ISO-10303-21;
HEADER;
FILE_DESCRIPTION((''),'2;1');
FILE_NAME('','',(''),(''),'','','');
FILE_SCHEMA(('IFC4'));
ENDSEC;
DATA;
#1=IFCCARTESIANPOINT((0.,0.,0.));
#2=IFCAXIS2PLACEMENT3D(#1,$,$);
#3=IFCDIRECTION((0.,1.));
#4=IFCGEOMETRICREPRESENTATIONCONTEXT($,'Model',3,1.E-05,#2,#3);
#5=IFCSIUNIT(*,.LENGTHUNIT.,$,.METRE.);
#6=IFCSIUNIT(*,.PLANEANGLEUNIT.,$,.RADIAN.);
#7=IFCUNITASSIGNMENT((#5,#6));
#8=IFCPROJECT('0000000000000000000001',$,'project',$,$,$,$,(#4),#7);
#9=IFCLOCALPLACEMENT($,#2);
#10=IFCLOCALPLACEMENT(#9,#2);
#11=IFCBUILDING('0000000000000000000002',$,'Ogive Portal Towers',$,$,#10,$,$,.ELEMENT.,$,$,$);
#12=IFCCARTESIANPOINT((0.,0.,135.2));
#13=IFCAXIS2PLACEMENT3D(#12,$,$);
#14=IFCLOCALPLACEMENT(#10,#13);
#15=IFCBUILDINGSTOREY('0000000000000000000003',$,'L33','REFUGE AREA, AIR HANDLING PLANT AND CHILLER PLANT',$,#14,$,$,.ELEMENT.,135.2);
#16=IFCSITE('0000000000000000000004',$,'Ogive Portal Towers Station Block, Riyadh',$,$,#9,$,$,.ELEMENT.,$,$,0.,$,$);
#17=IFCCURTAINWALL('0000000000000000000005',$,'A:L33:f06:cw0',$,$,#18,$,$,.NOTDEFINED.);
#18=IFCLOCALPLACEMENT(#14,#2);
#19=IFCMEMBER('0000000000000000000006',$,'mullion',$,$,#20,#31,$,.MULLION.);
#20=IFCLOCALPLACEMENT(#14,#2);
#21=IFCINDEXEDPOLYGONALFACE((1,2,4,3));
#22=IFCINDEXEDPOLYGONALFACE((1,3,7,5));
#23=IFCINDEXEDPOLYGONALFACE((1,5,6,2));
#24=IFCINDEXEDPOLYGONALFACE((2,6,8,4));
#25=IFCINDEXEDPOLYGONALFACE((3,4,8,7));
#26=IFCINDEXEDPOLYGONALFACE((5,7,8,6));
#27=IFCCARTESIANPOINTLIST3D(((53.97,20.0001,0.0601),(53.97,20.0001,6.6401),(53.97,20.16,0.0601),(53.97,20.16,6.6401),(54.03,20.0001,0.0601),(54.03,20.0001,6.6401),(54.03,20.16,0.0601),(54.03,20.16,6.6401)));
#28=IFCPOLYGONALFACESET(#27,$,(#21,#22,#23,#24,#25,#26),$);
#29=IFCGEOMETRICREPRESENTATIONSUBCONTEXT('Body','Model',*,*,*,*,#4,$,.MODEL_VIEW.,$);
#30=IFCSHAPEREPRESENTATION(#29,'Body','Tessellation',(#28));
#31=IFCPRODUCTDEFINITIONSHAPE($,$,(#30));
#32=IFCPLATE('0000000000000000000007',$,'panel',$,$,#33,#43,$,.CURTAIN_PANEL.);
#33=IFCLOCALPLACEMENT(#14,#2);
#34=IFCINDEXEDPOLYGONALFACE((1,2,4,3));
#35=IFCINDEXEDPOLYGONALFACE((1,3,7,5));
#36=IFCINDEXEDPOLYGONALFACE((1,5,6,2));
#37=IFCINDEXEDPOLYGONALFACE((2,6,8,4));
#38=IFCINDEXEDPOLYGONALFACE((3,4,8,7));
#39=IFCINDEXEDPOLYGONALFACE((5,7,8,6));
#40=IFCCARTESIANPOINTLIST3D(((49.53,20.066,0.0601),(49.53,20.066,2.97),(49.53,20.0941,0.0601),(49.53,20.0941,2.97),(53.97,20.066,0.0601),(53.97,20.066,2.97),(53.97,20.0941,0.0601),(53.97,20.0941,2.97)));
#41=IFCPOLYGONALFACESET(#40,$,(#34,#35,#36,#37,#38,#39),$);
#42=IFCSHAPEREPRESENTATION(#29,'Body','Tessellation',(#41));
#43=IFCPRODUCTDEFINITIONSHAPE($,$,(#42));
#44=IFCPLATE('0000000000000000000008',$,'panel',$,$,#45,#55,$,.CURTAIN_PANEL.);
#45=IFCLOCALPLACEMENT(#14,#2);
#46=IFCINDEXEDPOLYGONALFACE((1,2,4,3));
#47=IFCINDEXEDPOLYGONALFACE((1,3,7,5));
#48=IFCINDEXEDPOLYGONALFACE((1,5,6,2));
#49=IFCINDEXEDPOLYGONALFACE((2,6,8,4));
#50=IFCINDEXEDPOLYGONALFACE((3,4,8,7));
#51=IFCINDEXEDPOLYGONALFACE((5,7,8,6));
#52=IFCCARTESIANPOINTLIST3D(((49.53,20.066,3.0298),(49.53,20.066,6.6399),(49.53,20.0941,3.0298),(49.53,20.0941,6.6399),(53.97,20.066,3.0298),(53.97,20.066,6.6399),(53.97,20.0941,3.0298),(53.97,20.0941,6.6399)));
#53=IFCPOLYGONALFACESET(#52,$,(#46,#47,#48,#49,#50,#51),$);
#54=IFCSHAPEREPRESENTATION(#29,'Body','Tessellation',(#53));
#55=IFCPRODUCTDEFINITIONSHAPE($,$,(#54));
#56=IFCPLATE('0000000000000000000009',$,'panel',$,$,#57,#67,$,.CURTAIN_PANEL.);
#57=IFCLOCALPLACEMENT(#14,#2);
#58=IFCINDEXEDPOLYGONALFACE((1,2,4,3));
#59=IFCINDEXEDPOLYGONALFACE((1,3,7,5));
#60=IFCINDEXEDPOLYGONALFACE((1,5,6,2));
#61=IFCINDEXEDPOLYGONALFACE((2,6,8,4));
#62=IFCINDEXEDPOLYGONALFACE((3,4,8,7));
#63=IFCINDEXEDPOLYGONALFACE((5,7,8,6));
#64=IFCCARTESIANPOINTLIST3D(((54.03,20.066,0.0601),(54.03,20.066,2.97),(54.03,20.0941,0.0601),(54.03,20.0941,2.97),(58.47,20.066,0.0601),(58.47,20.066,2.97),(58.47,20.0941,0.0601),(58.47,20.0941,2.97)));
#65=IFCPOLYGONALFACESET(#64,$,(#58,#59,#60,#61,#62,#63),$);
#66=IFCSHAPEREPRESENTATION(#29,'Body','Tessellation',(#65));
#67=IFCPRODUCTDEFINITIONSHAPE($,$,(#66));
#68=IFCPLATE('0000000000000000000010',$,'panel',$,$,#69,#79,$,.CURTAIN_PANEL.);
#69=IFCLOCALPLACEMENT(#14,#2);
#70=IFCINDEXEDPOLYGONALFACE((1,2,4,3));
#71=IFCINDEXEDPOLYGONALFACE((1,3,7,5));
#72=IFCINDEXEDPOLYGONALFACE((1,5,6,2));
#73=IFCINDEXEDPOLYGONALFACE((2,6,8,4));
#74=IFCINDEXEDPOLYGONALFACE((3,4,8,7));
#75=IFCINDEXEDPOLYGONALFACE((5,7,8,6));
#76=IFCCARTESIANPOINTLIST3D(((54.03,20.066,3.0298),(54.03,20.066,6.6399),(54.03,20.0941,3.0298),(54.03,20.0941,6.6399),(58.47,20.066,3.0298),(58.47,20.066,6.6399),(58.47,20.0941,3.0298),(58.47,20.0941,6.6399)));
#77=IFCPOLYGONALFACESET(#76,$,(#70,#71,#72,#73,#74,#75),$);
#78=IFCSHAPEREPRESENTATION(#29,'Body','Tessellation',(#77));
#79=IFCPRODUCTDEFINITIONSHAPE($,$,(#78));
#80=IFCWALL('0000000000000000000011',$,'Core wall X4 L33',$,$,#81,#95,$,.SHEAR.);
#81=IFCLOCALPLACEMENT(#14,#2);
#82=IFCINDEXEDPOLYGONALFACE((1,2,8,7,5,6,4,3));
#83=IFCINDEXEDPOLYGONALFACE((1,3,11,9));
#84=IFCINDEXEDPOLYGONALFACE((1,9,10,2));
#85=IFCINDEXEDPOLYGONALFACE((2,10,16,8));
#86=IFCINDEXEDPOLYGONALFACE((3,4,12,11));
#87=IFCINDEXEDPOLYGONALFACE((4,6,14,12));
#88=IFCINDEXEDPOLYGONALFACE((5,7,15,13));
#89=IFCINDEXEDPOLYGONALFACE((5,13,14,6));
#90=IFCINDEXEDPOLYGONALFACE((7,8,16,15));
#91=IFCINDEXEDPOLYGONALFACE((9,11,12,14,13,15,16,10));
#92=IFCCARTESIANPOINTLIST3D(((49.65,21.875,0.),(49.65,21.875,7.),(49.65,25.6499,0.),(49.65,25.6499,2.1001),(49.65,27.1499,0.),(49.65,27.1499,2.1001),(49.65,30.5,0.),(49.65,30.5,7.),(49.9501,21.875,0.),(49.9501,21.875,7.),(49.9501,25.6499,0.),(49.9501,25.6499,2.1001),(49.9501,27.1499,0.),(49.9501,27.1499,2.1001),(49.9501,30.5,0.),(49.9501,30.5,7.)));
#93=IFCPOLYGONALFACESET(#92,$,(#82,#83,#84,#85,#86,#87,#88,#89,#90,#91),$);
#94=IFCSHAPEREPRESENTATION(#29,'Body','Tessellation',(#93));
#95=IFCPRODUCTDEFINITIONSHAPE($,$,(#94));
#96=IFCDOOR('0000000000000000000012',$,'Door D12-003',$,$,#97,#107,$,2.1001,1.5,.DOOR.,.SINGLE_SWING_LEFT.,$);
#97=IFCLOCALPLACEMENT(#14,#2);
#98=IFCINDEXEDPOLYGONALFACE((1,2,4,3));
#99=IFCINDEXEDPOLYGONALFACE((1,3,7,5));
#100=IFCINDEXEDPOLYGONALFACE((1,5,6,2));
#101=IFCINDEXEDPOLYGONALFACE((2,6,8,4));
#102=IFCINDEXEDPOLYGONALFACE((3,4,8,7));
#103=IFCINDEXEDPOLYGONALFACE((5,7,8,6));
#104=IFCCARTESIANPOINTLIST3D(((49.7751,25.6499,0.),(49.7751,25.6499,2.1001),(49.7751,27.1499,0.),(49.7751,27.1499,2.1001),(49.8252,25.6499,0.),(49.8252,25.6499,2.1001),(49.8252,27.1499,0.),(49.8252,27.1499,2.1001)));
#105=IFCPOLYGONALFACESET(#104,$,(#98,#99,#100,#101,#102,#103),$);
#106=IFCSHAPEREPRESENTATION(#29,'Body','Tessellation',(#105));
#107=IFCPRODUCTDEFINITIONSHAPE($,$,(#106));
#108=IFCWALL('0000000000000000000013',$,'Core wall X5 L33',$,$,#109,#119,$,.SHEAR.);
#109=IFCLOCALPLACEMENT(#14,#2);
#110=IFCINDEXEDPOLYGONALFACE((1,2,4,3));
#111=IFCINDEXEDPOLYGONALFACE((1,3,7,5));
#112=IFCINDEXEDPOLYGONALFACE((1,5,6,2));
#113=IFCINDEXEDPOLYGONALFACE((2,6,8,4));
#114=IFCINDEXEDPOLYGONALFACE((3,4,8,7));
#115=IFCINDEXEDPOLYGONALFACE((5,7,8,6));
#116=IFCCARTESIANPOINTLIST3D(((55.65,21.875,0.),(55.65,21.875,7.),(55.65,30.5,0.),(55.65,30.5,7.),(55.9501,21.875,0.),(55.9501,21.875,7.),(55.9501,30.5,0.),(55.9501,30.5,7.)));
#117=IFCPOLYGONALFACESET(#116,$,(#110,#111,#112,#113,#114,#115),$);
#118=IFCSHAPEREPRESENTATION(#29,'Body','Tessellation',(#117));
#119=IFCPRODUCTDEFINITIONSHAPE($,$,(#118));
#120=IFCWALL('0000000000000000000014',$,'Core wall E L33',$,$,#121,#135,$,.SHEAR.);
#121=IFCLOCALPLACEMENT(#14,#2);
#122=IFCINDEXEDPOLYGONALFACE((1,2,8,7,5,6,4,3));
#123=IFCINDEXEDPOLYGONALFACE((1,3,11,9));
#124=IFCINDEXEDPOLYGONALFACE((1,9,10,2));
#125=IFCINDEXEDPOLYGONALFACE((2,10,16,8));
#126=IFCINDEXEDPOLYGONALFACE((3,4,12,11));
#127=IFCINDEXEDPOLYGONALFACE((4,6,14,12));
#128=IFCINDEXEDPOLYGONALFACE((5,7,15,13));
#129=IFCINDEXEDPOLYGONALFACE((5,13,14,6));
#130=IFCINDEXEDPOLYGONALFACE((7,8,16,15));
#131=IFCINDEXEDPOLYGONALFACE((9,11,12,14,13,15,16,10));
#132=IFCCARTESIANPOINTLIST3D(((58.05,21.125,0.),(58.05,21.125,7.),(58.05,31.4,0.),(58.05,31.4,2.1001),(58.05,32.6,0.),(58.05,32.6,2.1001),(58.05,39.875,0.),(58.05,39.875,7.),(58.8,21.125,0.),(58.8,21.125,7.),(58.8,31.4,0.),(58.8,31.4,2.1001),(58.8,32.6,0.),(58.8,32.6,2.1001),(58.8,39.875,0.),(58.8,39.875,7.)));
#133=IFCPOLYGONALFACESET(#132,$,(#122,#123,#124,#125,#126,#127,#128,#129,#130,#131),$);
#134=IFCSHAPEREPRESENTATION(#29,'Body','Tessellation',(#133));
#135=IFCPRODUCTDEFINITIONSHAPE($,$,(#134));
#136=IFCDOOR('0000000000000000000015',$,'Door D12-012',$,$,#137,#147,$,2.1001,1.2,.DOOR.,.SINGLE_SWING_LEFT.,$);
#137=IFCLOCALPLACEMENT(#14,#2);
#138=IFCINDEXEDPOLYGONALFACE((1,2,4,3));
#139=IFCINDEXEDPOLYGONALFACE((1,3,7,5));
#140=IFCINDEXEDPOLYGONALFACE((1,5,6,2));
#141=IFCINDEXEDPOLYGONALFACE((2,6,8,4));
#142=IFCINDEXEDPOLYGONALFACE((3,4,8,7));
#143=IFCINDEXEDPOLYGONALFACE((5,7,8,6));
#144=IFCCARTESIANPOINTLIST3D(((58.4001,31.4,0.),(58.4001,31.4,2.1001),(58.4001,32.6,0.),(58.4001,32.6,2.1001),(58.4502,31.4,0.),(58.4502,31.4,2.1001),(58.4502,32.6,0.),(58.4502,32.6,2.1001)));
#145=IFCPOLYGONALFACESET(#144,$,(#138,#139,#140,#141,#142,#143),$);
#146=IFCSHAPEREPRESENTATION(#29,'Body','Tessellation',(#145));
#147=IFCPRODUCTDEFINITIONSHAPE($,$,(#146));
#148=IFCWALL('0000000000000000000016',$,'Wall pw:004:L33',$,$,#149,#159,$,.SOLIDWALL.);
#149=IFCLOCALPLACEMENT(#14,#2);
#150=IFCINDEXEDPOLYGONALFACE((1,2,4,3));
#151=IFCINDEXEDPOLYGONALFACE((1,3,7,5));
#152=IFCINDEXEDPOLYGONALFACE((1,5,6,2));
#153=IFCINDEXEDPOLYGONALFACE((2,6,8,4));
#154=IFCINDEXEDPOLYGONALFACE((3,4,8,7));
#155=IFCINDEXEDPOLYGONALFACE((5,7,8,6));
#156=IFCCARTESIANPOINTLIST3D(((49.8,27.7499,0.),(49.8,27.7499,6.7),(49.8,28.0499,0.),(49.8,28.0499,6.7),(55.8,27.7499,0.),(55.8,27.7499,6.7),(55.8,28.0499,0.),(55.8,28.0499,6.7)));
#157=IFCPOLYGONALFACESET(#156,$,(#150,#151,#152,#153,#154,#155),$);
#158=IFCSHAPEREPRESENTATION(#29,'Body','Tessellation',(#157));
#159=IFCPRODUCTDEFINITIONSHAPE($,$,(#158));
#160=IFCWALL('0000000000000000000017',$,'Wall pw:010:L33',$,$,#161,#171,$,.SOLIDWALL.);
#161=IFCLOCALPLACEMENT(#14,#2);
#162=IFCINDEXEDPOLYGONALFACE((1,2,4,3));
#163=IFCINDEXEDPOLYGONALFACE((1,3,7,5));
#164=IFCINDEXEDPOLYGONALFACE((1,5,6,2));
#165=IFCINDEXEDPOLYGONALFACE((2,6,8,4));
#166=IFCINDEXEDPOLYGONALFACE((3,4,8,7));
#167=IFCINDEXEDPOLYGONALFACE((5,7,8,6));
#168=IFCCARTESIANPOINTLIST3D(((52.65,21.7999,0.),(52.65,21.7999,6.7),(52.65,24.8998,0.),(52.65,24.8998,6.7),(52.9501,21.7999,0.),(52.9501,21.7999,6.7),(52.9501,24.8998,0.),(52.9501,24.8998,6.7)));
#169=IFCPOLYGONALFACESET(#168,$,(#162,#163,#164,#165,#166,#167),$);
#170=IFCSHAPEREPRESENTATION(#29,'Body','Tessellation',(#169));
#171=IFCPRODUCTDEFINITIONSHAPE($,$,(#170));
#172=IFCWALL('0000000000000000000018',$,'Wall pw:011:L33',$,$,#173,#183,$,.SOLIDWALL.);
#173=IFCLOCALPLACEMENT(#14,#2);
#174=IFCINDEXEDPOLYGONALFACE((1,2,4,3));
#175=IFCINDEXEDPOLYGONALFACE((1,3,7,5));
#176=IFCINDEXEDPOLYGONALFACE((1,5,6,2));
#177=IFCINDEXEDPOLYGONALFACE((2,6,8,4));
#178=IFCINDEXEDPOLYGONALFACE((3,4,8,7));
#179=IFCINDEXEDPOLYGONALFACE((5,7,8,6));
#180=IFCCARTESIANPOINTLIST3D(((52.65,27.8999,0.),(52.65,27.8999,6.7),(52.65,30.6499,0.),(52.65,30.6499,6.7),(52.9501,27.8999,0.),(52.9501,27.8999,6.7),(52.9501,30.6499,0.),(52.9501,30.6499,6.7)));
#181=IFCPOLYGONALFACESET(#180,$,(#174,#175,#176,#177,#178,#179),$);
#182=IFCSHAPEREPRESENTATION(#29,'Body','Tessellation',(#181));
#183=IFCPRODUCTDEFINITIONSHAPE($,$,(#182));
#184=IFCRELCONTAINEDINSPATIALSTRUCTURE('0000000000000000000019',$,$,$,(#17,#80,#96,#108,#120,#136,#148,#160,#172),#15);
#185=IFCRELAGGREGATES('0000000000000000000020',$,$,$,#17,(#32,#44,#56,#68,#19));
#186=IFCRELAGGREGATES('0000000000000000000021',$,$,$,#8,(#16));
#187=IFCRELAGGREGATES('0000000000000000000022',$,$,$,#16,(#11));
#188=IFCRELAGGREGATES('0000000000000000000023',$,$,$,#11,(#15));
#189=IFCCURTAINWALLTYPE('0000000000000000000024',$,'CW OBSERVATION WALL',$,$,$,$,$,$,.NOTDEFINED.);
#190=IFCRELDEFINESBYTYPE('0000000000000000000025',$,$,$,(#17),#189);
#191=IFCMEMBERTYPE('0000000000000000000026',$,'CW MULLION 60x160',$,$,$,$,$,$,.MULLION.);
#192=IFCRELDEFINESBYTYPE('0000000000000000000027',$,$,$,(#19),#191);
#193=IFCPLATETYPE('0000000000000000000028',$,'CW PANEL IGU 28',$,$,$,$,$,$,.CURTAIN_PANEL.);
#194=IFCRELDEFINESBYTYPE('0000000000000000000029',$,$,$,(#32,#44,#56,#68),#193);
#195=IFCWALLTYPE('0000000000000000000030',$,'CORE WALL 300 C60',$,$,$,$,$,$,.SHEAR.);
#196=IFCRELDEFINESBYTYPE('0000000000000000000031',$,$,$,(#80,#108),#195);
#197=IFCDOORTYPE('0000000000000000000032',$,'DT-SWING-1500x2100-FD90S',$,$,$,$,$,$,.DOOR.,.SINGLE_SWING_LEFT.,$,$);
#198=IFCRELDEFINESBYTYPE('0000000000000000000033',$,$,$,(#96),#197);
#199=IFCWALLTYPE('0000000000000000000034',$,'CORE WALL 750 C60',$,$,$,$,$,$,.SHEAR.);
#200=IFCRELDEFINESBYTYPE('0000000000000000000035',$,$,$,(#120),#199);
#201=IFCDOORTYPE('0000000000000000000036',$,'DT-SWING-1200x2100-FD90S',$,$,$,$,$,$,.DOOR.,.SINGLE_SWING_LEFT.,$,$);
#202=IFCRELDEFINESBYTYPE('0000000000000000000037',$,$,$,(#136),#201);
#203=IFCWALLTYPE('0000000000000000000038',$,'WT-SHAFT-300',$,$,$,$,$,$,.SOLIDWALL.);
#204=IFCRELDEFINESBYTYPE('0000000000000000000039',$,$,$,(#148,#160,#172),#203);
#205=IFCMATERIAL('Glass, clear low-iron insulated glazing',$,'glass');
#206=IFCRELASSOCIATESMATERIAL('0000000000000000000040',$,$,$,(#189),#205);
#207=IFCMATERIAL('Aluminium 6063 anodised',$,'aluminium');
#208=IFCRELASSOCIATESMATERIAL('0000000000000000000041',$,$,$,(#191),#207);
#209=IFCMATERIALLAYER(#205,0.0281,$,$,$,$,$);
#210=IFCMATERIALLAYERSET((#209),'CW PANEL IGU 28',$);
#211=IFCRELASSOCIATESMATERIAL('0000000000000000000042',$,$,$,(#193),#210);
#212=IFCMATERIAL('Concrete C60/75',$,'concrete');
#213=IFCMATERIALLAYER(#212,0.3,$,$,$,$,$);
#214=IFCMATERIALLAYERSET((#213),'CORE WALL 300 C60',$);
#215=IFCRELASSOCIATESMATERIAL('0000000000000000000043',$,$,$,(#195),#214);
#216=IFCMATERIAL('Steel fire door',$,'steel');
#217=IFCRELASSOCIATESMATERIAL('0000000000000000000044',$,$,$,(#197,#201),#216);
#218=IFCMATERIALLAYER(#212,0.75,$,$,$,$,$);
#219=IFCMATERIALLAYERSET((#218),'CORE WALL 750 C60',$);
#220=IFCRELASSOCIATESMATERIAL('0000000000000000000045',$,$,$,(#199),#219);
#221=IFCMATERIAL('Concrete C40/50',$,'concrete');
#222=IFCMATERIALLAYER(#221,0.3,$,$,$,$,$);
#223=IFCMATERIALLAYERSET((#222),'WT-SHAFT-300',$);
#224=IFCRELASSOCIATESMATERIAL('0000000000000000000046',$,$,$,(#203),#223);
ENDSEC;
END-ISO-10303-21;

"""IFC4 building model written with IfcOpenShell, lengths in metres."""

from ifc_helpers import new_model, si_unit, direction, frame, frame_2d, origin, origin_2d, place, context, subcontext, project, spatial, rectangle, extrude, material, layer, layer_set, material_profile, profile_set, type_object, element, fill, aggregate, save


model = new_model("IFC4")

# Units and contexts
model_context = context("Model", 3, precision=1e-05, world=origin(), true_north=direction((0.0, 1.0)))
body_context = subcontext(model_context, "Body", "Model", "MODEL_VIEW")
ifc_project = project(units=[si_unit("LENGTHUNIT", "METRE"), si_unit("PLANEANGLEUNIT", "RADIAN")], contexts=[model_context])

# Site, building, storey
site_placement = place(None, origin())
site = spatial("IfcSite", under=ifc_project, at=site_placement, Name="Ogive Portal Towers Station Block, Riyadh", CompositionType="ELEMENT", RefElevation=0.0)
building_placement = place(site_placement, origin())
building = spatial("IfcBuilding", under=site, at=building_placement, Name="Ogive Portal Towers", CompositionType="ELEMENT")
storey_placement = place(building_placement, frame((0.0, 0.0, 135.2)))
storey = spatial("IfcBuildingStorey", under=building, at=storey_placement, Name="L33", Description="REFUGE AREA, AIR HANDLING PLANT AND CHILLER PLANT", CompositionType="ELEMENT", Elevation=135.2)

# Curtain wall, member, plates
ifc_material_1 = material(Name="Glass, clear low-iron insulated glazing", Category="glass")
curtain_wall_type = type_object("IfcCurtainWallType", Name="CW OBSERVATION WALL", PredefinedType="NOTDEFINED", material=ifc_material_1)
curtain_wall_placement = place(storey_placement, origin())
curtain_wall = element("IfcCurtainWall", 1, at=curtain_wall_placement, inside=storey, type_object=curtain_wall_type, Name="A:L33:f06:cw0", PredefinedType="NOTDEFINED")
ifc_material_2 = material(Name="Aluminium 6063 anodised", Category="aluminium")
ifc_material_profile = material_profile(ifc_material_2, rectangle(XDim=0.1599, YDim=0.0601, at=origin_2d()), Name="AL 60x160")
ifc_profile_set = profile_set([ifc_material_profile], Name="Aluminium 6063 anodised")
member_type = type_object("IfcMemberType", Name="CW MULLION 60x160", PredefinedType="MULLION", material=ifc_profile_set)
member_placement = place(storey_placement, frame((54.0, 20.0801, 0.0601), z_axis=(0.0, 0.0, 1.0), x_axis=(0.0, 1.0, 0.0)))
member = element("IfcMember", 2, at=member_placement, type_object=member_type, Name="mullion", PredefinedType="MULLION", context=body_context, shape_type="SweptSolid", body=[
    extrude(rectangle(XDim=0.1599, YDim=0.0601, at=origin_2d()), origin(), (0.0, 0.0, 1.0), 6.5801),
])
ifc_layer_1 = layer(ifc_material_1, 0.0281)
ifc_layer_set_1 = layer_set([ifc_layer_1], Name="CW PANEL IGU 28")
plate_type = type_object("IfcPlateType", Name="CW PANEL IGU 28", PredefinedType="CURTAIN_PANEL", material=ifc_layer_set_1)
plate_1_placement = place(storey_placement, frame((51.75, 20.0801, 0.0601), z_axis=(0.0, 0.0, 1.0), x_axis=(1.0, 0.0, 0.0)))
plate_1 = element("IfcPlate", 3, at=plate_1_placement, type_object=plate_type, Name="panel", PredefinedType="CURTAIN_PANEL", context=body_context, shape_type="SweptSolid", body=[
    extrude(rectangle(XDim=4.4399, YDim=0.0281, at=origin_2d()), origin(), (0.0, 0.0, 1.0), 2.9099),
])
plate_2_placement = place(storey_placement, frame((51.75, 20.0801, 3.0298), z_axis=(0.0, 0.0, 1.0), x_axis=(1.0, 0.0, 0.0)))
plate_2 = element("IfcPlate", 4, at=plate_2_placement, type_object=plate_type, Name="panel", PredefinedType="CURTAIN_PANEL", context=body_context, shape_type="SweptSolid", body=[
    extrude(rectangle(XDim=4.4399, YDim=0.0281, at=origin_2d()), origin(), (0.0, 0.0, 1.0), 3.6101),
])
plate_3_placement = place(storey_placement, frame((56.25, 20.0801, 0.0601), z_axis=(0.0, 0.0, 1.0), x_axis=(1.0, 0.0, 0.0)))
plate_3 = element("IfcPlate", 5, at=plate_3_placement, type_object=plate_type, Name="panel", PredefinedType="CURTAIN_PANEL", context=body_context, shape_type="SweptSolid", body=[
    extrude(rectangle(XDim=4.4399, YDim=0.0281, at=origin_2d()), origin(), (0.0, 0.0, 1.0), 2.9099),
])
plate_4_placement = place(storey_placement, frame((56.25, 20.0801, 3.0298), z_axis=(0.0, 0.0, 1.0), x_axis=(1.0, 0.0, 0.0)))
plate_4 = element("IfcPlate", 6, at=plate_4_placement, type_object=plate_type, Name="panel", PredefinedType="CURTAIN_PANEL", context=body_context, shape_type="SweptSolid", body=[
    extrude(rectangle(XDim=4.4399, YDim=0.0281, at=origin_2d()), origin(), (0.0, 0.0, 1.0), 3.6101),
])
aggregate(curtain_wall, [plate_1, plate_2, plate_3, plate_4, member])

# Wall, opening, door
ifc_material_3 = material(Name="Concrete C60/75", Category="concrete")
ifc_layer_2 = layer(ifc_material_3, 0.3)
ifc_layer_set_2 = layer_set([ifc_layer_2], Name="CORE WALL 300 C60")
wall_type_1 = type_object("IfcWallType", Name="CORE WALL 300 C60", PredefinedType="SHEAR", material=ifc_layer_set_2)
wall_1_placement = place(storey_placement, frame((49.8, 21.875, 0.0), z_axis=(0.0, 0.0, 1.0), x_axis=(0.0, 1.0, 0.0)))
wall_1 = element("IfcWall", 7, at=wall_1_placement, inside=storey, type_object=wall_type_1, Name="Core wall X4 L33", PredefinedType="SHEAR", context=body_context, shape_type="SweptSolid", body=[
    extrude(rectangle(XDim=8.625, YDim=0.3, at=frame_2d((4.3125, 0.0))), origin(), (0.0, 0.0, 1.0), 7.0),
])
opening_1_placement = place(wall_1_placement, frame((3.7749, 0.0, 0.0)))
opening_1 = element("IfcOpeningElement", 8, at=opening_1_placement, cuts=wall_1, PredefinedType="OPENING", context=body_context, shape_type="SweptSolid", body=[
    extrude(rectangle(XDim=1.5, YDim=2.1001, at=frame_2d((0.75, 1.05))), frame((0.0, 0.1602, 0.0), z_axis=(0.0, -1.0, 0.0), x_axis=(1.0, 0.0, 0.0)), (0.0, 0.0, 1.0), 0.3201),
])
ifc_material_4 = material(Name="Steel fire door", Category="steel")
door_type_1 = type_object("IfcDoorType", Name="DT-SWING-1500x2100-FD90S", OperationType="SINGLE_SWING_LEFT", PredefinedType="DOOR", material=ifc_material_4)
door_1_placement = place(opening_1_placement, origin())
door_1 = element("IfcDoor", 9, at=door_1_placement, inside=storey, type_object=door_type_1, Name="Door D12-003", OperationType="SINGLE_SWING_LEFT", OverallHeight=2.1001, OverallWidth=1.5, PredefinedType="DOOR", context=body_context, shape_type="SweptSolid", body=[
    extrude(rectangle(XDim=1.5, YDim=2.1001, at=frame_2d((0.75, 1.05))), frame((0.0, 0.0249, 0.0), z_axis=(0.0, -1.0, 0.0), x_axis=(1.0, 0.0, 0.0)), (0.0, 0.0, 1.0), 0.05),
])
fill(opening_1, door_1)

# Wall
wall_2_placement = place(storey_placement, frame((55.8, 21.875, 0.0), z_axis=(0.0, 0.0, 1.0), x_axis=(0.0, 1.0, 0.0)))
element("IfcWall", 10, at=wall_2_placement, inside=storey, type_object=wall_type_1, Name="Core wall X5 L33", PredefinedType="SHEAR", context=body_context, shape_type="SweptSolid", body=[
    extrude(rectangle(XDim=8.625, YDim=0.3, at=frame_2d((4.3125, 0.0))), origin(), (0.0, 0.0, 1.0), 7.0),
])

# Wall, opening, door
ifc_layer_3 = layer(ifc_material_3, 0.75)
ifc_layer_set_3 = layer_set([ifc_layer_3], Name="CORE WALL 750 C60")
wall_type_2 = type_object("IfcWallType", Name="CORE WALL 750 C60", PredefinedType="SHEAR", material=ifc_layer_set_3)
wall_3_placement = place(storey_placement, frame((58.425, 21.125, 0.0), z_axis=(0.0, 0.0, 1.0), x_axis=(0.0, 1.0, 0.0)))
wall_3 = element("IfcWall", 11, at=wall_3_placement, inside=storey, type_object=wall_type_2, Name="Core wall E L33", PredefinedType="SHEAR", context=body_context, shape_type="SweptSolid", body=[
    extrude(rectangle(XDim=18.75, YDim=0.75, at=frame_2d((9.375, 0.0))), origin(), (0.0, 0.0, 1.0), 7.0),
])
opening_2_placement = place(wall_3_placement, frame((10.2749, 0.0, 0.0)))
opening_2 = element("IfcOpeningElement", 12, at=opening_2_placement, cuts=wall_3, PredefinedType="OPENING", context=body_context, shape_type="SweptSolid", body=[
    extrude(rectangle(XDim=1.2, YDim=2.1001, at=frame_2d((0.6001, 1.05))), frame((0.0, 0.385, 0.0), z_axis=(0.0, -1.0, 0.0), x_axis=(1.0, 0.0, 0.0)), (0.0, 0.0, 1.0), 0.77),
])
door_type_2 = type_object("IfcDoorType", Name="DT-SWING-1200x2100-FD90S", OperationType="SINGLE_SWING_LEFT", PredefinedType="DOOR", material=ifc_material_4)
door_2_placement = place(opening_2_placement, origin())
door_2 = element("IfcDoor", 13, at=door_2_placement, inside=storey, type_object=door_type_2, Name="Door D12-012", OperationType="SINGLE_SWING_LEFT", OverallHeight=2.1001, OverallWidth=1.2, PredefinedType="DOOR", context=body_context, shape_type="SweptSolid", body=[
    extrude(rectangle(XDim=1.2, YDim=2.1001, at=frame_2d((0.6001, 1.05))), frame((0.0, 0.0249, 0.0), z_axis=(0.0, -1.0, 0.0), x_axis=(1.0, 0.0, 0.0)), (0.0, 0.0, 1.0), 0.05),
])
fill(opening_2, door_2)

# Walls
ifc_material_5 = material(Name="Concrete C40/50", Category="concrete")
ifc_layer_4 = layer(ifc_material_5, 0.3)
ifc_layer_set_4 = layer_set([ifc_layer_4], Name="WT-SHAFT-300")
wall_type_3 = type_object("IfcWallType", Name="WT-SHAFT-300", PredefinedType="SOLIDWALL", material=ifc_layer_set_4)
wall_4_placement = place(storey_placement, frame((49.8, 27.8999, 0.0), z_axis=(0.0, 0.0, 1.0), x_axis=(1.0, 0.0, 0.0)))
element("IfcWall", 14, at=wall_4_placement, inside=storey, type_object=wall_type_3, Name="Wall pw:004:L33", PredefinedType="SOLIDWALL", context=body_context, shape_type="SweptSolid", body=[
    extrude(rectangle(XDim=6.0, YDim=0.3, at=frame_2d((3.0, 0.0))), origin(), (0.0, 0.0, 1.0), 6.7),
])
wall_5_placement = place(storey_placement, frame((52.8, 21.8, 0.0), z_axis=(0.0, 0.0, 1.0), x_axis=(0.0, 1.0, 0.0)))
element("IfcWall", 15, at=wall_5_placement, inside=storey, type_object=wall_type_3, Name="Wall pw:010:L33", PredefinedType="SOLIDWALL", context=body_context, shape_type="SweptSolid", body=[
    extrude(rectangle(XDim=3.0999, YDim=0.3, at=frame_2d((1.5498, 0.0))), origin(), (0.0, 0.0, 1.0), 6.7),
])
wall_6_placement = place(storey_placement, frame((52.8, 27.8999, 0.0), z_axis=(0.0, 0.0, 1.0), x_axis=(0.0, 1.0, 0.0)))
element("IfcWall", 16, at=wall_6_placement, inside=storey, type_object=wall_type_3, Name="Wall pw:011:L33", PredefinedType="SOLIDWALL", context=body_context, shape_type="SweptSolid", body=[
    extrude(rectangle(XDim=2.75, YDim=0.3, at=frame_2d((1.375, 0.0))), origin(), (0.0, 0.0, 1.0), 6.7),
])

save(model, "model.ifc")
